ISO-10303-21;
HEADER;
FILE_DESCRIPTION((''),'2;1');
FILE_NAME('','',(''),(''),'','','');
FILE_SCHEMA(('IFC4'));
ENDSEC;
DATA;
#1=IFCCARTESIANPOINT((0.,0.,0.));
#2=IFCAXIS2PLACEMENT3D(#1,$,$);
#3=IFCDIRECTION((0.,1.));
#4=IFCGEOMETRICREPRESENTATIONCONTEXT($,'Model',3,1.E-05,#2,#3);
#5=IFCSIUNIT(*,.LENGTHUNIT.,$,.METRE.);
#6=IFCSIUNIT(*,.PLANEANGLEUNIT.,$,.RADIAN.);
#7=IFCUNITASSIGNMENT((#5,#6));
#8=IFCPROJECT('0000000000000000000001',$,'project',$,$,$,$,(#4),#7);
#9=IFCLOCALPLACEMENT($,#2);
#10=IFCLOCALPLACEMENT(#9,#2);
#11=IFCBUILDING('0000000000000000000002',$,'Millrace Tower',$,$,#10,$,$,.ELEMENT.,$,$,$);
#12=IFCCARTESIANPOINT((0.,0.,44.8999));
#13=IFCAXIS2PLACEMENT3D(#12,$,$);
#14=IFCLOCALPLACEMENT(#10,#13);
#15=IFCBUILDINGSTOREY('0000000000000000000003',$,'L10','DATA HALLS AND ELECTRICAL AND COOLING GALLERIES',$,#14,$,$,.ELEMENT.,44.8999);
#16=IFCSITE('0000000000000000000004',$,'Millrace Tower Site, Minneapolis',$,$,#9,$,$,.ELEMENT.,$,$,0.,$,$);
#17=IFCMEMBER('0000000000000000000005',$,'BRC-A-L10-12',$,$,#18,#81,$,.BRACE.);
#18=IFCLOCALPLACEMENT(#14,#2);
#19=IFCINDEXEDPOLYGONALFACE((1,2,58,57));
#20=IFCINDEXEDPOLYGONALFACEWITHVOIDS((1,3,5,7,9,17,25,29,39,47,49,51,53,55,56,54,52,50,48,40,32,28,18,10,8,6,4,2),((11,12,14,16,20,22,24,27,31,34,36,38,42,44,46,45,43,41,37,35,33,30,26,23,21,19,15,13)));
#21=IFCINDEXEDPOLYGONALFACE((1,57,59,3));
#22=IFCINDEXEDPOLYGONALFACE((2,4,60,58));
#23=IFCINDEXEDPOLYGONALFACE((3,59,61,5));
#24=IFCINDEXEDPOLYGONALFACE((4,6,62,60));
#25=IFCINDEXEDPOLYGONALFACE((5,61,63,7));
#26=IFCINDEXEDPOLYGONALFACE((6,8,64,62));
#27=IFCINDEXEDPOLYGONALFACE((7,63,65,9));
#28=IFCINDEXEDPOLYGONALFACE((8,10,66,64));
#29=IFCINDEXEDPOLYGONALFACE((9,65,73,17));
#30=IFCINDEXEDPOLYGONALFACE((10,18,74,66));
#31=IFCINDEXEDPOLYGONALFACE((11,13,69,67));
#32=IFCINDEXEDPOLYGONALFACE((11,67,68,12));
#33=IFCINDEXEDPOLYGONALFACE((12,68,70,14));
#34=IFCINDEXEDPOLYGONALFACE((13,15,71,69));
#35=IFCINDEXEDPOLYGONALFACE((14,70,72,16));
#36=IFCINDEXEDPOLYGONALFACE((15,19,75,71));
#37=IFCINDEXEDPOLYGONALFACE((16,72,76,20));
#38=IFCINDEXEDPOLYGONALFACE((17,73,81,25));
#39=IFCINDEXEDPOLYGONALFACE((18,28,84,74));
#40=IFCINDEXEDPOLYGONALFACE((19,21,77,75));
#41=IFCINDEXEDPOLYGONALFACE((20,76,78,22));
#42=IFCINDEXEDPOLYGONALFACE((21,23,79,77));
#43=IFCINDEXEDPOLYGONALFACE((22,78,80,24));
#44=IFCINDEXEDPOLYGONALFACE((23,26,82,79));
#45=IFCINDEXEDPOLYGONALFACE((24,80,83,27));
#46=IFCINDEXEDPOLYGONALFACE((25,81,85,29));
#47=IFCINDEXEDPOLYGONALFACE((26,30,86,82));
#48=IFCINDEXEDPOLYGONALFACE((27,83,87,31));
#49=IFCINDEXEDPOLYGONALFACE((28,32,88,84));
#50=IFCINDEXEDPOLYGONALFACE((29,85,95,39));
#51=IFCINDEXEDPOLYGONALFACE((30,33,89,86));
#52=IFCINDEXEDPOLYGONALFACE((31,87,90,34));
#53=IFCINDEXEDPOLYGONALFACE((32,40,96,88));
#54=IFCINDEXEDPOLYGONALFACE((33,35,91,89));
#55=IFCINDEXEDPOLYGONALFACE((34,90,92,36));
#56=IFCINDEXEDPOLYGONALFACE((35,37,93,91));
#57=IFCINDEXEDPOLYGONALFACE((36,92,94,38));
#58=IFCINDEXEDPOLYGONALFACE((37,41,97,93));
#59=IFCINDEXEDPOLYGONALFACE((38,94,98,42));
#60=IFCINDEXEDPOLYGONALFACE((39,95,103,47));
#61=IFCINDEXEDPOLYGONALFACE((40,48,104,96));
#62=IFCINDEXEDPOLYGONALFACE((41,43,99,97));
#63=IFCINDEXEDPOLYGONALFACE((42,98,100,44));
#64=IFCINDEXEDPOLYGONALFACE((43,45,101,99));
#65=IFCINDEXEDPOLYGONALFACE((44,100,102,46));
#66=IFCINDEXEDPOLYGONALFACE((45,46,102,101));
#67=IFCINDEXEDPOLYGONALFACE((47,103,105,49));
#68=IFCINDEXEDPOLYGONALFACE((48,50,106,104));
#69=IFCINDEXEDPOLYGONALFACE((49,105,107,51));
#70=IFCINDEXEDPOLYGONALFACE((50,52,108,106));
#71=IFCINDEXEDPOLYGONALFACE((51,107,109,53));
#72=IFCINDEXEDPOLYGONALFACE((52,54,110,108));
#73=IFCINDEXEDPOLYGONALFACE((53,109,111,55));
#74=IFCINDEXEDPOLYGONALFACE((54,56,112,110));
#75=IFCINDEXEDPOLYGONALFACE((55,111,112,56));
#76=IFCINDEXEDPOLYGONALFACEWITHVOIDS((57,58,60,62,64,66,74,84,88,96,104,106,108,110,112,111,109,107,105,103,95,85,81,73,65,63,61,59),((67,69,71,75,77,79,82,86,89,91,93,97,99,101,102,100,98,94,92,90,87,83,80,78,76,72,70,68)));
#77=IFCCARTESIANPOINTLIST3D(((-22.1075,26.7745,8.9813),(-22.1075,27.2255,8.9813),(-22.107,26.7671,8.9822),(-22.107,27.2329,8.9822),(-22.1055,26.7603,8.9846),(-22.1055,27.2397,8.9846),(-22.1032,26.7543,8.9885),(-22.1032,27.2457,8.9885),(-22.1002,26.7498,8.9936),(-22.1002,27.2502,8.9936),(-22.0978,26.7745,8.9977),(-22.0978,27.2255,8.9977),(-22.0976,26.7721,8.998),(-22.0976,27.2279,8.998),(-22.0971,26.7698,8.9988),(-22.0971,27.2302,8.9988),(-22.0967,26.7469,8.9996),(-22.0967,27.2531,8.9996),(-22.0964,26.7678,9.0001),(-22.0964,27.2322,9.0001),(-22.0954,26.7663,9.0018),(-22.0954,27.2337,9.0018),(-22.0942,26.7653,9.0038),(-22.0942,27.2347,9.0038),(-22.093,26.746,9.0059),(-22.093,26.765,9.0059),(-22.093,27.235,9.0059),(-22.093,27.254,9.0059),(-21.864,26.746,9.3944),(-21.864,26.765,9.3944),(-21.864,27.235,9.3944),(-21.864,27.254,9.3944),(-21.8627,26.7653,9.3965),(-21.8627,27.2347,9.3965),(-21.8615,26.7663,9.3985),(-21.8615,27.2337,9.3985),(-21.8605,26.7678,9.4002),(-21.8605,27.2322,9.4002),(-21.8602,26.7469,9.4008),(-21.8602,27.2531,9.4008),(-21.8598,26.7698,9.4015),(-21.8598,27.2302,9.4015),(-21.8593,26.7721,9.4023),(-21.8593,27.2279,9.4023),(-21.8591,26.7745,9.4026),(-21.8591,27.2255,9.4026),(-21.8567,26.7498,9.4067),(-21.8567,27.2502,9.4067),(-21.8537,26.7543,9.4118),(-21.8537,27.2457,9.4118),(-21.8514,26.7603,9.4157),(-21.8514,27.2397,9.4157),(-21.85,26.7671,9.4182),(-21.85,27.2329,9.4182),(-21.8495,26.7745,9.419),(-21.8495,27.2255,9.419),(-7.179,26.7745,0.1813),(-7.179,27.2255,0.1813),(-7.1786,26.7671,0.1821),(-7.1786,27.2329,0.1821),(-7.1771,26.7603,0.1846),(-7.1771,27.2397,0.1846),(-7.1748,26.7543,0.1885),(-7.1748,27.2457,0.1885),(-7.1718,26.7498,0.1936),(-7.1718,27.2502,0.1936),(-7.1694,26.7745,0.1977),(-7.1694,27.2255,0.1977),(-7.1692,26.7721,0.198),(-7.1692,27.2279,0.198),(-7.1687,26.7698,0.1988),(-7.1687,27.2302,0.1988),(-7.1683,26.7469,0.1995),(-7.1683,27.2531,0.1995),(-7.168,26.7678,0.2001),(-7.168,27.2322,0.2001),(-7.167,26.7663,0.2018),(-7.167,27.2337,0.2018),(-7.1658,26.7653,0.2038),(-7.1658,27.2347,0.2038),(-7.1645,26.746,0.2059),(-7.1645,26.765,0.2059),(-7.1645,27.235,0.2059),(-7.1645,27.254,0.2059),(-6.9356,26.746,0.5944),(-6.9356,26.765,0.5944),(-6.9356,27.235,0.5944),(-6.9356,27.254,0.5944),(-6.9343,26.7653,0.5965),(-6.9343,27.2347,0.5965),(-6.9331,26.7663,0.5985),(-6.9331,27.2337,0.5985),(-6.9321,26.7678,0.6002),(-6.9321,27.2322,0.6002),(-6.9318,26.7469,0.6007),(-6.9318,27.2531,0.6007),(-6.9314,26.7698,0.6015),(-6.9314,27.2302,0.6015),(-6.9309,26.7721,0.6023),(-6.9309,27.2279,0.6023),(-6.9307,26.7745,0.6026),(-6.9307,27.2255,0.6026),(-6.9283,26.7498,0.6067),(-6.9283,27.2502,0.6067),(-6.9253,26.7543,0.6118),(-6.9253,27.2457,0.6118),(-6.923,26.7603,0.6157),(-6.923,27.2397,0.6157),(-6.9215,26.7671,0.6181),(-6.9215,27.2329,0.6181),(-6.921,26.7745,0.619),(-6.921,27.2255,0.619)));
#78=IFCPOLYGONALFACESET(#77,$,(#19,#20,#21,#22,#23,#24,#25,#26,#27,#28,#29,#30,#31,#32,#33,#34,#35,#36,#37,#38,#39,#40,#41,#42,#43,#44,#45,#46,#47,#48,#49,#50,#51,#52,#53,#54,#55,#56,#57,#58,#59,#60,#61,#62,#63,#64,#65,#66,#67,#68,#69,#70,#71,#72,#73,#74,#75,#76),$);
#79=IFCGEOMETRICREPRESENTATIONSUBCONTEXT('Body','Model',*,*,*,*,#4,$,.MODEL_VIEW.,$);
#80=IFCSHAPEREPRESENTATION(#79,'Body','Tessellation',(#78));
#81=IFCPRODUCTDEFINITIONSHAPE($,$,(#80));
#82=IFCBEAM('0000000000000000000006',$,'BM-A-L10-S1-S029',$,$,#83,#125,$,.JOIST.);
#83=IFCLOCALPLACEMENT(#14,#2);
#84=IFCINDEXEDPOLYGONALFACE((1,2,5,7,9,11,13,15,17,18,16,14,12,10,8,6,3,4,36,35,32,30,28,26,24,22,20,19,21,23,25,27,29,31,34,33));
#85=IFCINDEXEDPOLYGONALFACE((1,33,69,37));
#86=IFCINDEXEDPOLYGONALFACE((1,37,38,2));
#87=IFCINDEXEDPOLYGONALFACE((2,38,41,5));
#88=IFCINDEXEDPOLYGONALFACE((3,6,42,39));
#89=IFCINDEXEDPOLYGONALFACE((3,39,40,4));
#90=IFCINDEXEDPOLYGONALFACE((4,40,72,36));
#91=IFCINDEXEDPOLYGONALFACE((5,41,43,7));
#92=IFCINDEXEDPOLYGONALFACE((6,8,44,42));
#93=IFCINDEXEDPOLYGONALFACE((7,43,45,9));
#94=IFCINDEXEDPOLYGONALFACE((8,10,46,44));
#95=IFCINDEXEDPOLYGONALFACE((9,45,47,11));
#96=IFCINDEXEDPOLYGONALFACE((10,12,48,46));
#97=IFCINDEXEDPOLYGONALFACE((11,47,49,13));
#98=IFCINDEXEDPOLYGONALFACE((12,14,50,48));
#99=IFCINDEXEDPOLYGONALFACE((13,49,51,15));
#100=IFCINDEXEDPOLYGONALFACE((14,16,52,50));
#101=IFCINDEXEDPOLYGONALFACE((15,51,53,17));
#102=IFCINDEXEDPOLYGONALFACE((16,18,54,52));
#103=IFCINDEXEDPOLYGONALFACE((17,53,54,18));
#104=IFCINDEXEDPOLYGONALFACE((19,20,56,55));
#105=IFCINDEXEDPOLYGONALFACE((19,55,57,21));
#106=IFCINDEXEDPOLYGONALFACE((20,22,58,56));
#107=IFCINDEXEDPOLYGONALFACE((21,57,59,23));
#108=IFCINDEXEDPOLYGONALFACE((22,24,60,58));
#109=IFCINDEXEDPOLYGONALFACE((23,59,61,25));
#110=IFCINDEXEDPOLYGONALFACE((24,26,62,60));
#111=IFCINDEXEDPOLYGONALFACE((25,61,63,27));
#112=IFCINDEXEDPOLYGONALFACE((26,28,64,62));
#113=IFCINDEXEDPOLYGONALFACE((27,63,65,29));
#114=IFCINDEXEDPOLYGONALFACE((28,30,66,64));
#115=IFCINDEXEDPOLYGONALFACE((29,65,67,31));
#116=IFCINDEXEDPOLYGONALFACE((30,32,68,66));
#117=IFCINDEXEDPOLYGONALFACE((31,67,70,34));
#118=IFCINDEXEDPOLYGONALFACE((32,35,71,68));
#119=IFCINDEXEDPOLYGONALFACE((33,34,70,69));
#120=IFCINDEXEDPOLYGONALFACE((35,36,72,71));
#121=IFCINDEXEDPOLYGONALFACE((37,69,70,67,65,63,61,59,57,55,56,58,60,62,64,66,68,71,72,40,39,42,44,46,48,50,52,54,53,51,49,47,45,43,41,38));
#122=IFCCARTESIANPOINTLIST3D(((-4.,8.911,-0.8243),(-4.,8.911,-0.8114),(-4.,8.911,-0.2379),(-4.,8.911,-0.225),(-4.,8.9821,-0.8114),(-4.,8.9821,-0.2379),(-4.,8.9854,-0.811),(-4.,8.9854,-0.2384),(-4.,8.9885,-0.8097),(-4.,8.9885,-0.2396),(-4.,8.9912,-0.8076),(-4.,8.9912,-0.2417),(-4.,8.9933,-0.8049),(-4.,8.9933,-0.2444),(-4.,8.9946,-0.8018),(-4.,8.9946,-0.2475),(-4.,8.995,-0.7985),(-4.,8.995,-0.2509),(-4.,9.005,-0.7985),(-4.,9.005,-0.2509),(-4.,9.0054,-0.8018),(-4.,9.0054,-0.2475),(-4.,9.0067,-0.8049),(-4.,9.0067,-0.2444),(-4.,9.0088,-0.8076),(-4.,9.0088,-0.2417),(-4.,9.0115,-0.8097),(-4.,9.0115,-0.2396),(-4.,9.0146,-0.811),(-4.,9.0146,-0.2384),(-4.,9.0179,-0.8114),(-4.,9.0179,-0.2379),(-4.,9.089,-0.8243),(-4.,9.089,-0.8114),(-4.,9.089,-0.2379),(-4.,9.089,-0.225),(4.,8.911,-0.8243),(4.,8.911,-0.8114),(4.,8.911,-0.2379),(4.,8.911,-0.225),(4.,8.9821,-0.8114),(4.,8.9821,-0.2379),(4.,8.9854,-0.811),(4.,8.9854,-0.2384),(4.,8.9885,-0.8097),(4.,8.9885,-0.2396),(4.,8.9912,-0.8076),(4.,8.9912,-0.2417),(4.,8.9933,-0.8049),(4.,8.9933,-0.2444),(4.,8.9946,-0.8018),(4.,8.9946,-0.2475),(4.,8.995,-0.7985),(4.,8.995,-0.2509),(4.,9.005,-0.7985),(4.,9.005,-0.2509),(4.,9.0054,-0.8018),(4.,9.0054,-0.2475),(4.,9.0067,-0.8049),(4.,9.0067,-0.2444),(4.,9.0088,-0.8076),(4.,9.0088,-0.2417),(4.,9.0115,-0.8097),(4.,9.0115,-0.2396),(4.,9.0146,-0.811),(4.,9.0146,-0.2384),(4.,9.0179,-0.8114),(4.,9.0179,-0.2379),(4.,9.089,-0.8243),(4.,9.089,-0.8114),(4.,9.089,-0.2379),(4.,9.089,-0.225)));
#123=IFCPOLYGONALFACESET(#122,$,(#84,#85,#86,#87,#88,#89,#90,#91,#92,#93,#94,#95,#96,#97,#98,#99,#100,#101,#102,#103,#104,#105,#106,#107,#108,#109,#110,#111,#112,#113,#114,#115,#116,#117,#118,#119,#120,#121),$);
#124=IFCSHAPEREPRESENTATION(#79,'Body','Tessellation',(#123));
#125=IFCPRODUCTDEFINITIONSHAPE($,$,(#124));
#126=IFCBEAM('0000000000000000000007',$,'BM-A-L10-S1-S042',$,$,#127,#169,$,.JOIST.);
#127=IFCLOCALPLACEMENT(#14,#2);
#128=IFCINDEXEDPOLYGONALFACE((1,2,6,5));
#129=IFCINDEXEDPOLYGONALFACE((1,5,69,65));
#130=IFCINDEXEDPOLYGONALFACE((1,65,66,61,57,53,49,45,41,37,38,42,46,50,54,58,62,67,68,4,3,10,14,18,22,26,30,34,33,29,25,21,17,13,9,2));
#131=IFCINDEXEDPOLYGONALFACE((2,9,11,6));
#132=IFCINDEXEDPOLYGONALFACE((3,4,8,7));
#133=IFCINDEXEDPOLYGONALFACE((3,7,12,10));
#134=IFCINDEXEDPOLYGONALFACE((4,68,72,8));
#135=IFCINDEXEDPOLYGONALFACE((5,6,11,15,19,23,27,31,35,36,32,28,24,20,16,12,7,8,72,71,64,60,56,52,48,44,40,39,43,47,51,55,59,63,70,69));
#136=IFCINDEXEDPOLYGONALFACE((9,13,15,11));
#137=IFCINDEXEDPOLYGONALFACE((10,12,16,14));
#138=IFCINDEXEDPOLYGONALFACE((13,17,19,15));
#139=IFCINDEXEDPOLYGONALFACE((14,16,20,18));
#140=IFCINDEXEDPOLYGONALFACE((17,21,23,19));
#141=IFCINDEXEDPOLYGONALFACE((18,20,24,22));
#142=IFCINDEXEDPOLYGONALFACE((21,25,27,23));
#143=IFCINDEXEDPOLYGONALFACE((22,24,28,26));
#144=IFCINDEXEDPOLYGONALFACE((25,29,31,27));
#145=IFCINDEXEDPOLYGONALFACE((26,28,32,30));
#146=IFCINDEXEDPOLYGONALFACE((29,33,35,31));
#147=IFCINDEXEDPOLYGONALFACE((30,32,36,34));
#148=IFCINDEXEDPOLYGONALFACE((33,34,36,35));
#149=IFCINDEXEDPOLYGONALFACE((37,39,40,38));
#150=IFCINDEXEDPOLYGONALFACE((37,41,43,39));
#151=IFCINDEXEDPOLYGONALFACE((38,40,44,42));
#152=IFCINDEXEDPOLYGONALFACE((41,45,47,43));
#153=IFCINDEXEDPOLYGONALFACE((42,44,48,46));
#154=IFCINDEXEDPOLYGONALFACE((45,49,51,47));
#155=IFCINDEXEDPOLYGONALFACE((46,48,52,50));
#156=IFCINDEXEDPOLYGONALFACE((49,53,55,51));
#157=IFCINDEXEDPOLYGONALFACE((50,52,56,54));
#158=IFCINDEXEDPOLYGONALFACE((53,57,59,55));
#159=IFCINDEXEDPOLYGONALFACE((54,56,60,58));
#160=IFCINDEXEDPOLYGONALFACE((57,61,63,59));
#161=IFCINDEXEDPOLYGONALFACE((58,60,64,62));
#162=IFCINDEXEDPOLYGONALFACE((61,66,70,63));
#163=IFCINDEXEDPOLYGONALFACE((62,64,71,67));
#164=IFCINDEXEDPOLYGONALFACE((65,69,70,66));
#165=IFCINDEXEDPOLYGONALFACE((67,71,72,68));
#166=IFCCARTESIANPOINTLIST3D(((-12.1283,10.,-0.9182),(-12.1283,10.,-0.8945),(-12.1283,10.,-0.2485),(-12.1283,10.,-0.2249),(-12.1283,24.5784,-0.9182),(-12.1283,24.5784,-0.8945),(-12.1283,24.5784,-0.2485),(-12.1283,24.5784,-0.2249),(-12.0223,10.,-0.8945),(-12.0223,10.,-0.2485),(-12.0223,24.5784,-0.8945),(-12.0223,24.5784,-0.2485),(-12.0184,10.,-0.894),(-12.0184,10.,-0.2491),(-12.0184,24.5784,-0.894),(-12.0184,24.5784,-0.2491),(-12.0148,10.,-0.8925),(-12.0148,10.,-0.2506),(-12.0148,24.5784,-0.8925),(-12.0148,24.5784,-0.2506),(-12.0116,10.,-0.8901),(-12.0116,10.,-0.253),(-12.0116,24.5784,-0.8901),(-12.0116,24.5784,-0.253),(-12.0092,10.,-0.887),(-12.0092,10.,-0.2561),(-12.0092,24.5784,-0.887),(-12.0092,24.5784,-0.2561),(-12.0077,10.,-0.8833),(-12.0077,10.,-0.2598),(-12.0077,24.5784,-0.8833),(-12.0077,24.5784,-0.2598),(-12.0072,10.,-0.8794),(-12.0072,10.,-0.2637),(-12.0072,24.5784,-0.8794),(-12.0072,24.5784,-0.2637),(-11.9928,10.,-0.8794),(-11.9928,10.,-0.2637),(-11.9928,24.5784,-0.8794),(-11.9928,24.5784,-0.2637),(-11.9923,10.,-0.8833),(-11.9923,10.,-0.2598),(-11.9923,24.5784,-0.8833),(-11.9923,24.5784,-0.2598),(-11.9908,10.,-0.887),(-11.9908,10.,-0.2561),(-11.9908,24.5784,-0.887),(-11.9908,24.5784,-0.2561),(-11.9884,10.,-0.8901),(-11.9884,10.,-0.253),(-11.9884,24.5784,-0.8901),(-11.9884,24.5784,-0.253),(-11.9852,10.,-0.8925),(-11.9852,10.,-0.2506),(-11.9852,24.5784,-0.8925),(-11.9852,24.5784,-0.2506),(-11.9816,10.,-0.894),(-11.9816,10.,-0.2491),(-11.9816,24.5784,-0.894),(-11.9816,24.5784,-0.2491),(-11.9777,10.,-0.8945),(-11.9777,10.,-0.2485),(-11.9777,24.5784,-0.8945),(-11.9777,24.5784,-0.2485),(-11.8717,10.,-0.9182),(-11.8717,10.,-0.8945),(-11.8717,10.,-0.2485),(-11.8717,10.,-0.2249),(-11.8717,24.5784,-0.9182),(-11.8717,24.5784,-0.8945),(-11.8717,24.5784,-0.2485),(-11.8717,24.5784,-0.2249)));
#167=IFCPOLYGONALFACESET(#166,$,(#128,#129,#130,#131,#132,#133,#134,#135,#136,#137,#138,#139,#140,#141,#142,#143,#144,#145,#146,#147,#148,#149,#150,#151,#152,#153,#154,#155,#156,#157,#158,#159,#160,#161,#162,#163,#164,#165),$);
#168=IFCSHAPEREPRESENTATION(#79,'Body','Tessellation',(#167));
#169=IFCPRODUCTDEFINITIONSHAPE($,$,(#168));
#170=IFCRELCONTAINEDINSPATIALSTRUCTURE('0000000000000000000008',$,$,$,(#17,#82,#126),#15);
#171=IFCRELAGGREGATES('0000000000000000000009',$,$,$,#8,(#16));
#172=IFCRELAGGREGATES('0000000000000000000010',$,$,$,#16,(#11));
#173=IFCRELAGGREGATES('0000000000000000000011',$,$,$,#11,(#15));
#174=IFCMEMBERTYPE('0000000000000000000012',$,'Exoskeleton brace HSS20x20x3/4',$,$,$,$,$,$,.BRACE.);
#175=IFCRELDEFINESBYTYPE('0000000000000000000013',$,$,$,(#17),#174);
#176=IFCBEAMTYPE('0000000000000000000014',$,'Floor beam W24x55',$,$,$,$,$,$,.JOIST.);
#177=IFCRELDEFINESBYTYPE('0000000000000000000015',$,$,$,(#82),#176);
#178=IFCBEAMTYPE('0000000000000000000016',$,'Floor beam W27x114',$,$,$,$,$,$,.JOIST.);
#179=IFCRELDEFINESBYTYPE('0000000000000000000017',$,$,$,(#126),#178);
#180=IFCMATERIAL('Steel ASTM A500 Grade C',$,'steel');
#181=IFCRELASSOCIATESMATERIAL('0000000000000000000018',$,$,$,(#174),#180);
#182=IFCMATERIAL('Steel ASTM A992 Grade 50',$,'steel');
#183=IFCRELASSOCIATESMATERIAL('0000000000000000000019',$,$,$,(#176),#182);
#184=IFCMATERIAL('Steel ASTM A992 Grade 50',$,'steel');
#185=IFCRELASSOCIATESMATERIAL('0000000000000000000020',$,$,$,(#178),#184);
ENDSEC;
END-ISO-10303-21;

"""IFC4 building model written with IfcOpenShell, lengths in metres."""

from ifc_helpers import new_model, si_unit, direction, frame, origin, origin_2d, place, context, subcontext, project, spatial, hollow_rectangle, i_section, extrude, material, material_profile, profile_set, type_object, element, save


model = new_model("IFC4")

# Units and contexts
model_context = context("Model", 3, precision=1e-05, world=origin(), true_north=direction((0.0, 1.0)))
body_context = subcontext(model_context, "Body", "Model", "MODEL_VIEW")
ifc_project = project(units=[si_unit("LENGTHUNIT", "METRE"), si_unit("PLANEANGLEUNIT", "RADIAN")], contexts=[model_context])

# Site, building, storey
site_placement = place(None, origin())
site = spatial("IfcSite", under=ifc_project, at=site_placement, Name="Millrace Tower Site, Minneapolis", CompositionType="ELEMENT", RefElevation=0.0)
building_placement = place(site_placement, origin())
building = spatial("IfcBuilding", under=site, at=building_placement, Name="Millrace Tower", CompositionType="ELEMENT")
storey_placement = place(building_placement, frame((0.0, 0.0, 44.8999)))
storey = spatial("IfcBuildingStorey", under=building, at=storey_placement, Name="L10", Description="DATA HALLS AND ELECTRICAL AND COOLING GALLERIES", CompositionType="ELEMENT", Elevation=44.8999)

# Member
ifc_material_1 = material(Name="Steel ASTM A500 Grade C", Category="steel")
ifc_material_profile_1 = material_profile(ifc_material_1, hollow_rectangle(XDim=0.5081, YDim=0.5081, WallThickness=0.019, InnerFilletRadius=0.0095, OuterFilletRadius=0.0286, at=origin_2d()))
ifc_profile_set_1 = profile_set([ifc_material_profile_1], Name="Steel ASTM A500 Grade C")
member_type_1 = type_object("IfcMemberType", Name="Exoskeleton brace HSS20x20x3/4", PredefinedType="BRACE", material=ifc_profile_set_1)
member_1_placement = place(storey_placement, frame((-7.05, 27.0, 0.4001), z_axis=(-0.861465, 0.0, 0.507817), x_axis=(0.0, -1.0, 0.0)))
element("IfcMember", 1, at=member_1_placement, inside=storey, type_object=member_type_1, Name="BRC-A-L10-12", PredefinedType="BRACE", context=body_context, shape_type="SweptSolid", body=[
    extrude(hollow_rectangle(XDim=0.5081, YDim=0.5081, WallThickness=0.019, InnerFilletRadius=0.0095, OuterFilletRadius=0.0286, at=origin_2d()), origin(), (0.0, 0.0, 1.0), 17.3291),
])

# Beams
ifc_material_2 = material(Name="Steel ASTM A992 Grade 50", Category="steel")
ifc_material_profile_2 = material_profile(ifc_material_2, i_section(OverallWidth=0.178, OverallDepth=0.5994, WebThickness=0.01, FlangeThickness=0.0129, FilletRadius=0.0129, at=origin_2d()))
ifc_profile_set_2 = profile_set([ifc_material_profile_2], Name="Steel ASTM A992 Grade 50")
beam_type_1 = type_object("IfcBeamType", Name="Floor beam W24x55", PredefinedType="JOIST", material=ifc_profile_set_2)
beam_1_placement = place(storey_placement, frame((-4.0, 9.0, -0.5247), z_axis=(1.0, 0.0, 0.0), x_axis=(0.0, 1.0, 0.0)))
element("IfcBeam", 2, at=beam_1_placement, inside=storey, type_object=beam_type_1, Name="BM-A-L10-S1-S029", PredefinedType="JOIST", context=body_context, shape_type="SweptSolid", body=[
    extrude(i_section(OverallWidth=0.178, OverallDepth=0.5994, WebThickness=0.01, FlangeThickness=0.0129, FilletRadius=0.0129, at=origin_2d()), origin(), (0.0, 0.0, 1.0), 8.0),
])
ifc_material_3 = material(Name="Steel ASTM A992 Grade 50", Category="steel")
ifc_material_profile_3 = material_profile(ifc_material_3, i_section(OverallWidth=0.2566, OverallDepth=0.6934, WebThickness=0.0144, FlangeThickness=0.0237, FilletRadius=0.0151, at=origin_2d()))
ifc_profile_set_3 = profile_set([ifc_material_profile_3], Name="Steel ASTM A992 Grade 50")
beam_type_2 = type_object("IfcBeamType", Name="Floor beam W27x114", PredefinedType="JOIST", material=ifc_profile_set_3)
for number, where, z_axis, x_axis, name in (
    (3, (-12.0, 10.0, -0.5715), (0.0, 1.0, 0.0), (-1.0, 0.0, 0.0), "BM-A-L10-S1-S042"),
):
    element("IfcBeam", number, at=place(storey_placement, frame(where, z_axis=z_axis, x_axis=x_axis)), inside=storey, type_object=beam_type_2, Name=name, PredefinedType="JOIST", context=body_context, shape_type="SweptSolid", body=[
        extrude(i_section(OverallWidth=0.2566, OverallDepth=0.6934, WebThickness=0.0144, FlangeThickness=0.0237, FilletRadius=0.0151, at=origin_2d()), origin(), (0.0, 0.0, 1.0), 14.5784),
    ])

save(model, "model.ifc")
